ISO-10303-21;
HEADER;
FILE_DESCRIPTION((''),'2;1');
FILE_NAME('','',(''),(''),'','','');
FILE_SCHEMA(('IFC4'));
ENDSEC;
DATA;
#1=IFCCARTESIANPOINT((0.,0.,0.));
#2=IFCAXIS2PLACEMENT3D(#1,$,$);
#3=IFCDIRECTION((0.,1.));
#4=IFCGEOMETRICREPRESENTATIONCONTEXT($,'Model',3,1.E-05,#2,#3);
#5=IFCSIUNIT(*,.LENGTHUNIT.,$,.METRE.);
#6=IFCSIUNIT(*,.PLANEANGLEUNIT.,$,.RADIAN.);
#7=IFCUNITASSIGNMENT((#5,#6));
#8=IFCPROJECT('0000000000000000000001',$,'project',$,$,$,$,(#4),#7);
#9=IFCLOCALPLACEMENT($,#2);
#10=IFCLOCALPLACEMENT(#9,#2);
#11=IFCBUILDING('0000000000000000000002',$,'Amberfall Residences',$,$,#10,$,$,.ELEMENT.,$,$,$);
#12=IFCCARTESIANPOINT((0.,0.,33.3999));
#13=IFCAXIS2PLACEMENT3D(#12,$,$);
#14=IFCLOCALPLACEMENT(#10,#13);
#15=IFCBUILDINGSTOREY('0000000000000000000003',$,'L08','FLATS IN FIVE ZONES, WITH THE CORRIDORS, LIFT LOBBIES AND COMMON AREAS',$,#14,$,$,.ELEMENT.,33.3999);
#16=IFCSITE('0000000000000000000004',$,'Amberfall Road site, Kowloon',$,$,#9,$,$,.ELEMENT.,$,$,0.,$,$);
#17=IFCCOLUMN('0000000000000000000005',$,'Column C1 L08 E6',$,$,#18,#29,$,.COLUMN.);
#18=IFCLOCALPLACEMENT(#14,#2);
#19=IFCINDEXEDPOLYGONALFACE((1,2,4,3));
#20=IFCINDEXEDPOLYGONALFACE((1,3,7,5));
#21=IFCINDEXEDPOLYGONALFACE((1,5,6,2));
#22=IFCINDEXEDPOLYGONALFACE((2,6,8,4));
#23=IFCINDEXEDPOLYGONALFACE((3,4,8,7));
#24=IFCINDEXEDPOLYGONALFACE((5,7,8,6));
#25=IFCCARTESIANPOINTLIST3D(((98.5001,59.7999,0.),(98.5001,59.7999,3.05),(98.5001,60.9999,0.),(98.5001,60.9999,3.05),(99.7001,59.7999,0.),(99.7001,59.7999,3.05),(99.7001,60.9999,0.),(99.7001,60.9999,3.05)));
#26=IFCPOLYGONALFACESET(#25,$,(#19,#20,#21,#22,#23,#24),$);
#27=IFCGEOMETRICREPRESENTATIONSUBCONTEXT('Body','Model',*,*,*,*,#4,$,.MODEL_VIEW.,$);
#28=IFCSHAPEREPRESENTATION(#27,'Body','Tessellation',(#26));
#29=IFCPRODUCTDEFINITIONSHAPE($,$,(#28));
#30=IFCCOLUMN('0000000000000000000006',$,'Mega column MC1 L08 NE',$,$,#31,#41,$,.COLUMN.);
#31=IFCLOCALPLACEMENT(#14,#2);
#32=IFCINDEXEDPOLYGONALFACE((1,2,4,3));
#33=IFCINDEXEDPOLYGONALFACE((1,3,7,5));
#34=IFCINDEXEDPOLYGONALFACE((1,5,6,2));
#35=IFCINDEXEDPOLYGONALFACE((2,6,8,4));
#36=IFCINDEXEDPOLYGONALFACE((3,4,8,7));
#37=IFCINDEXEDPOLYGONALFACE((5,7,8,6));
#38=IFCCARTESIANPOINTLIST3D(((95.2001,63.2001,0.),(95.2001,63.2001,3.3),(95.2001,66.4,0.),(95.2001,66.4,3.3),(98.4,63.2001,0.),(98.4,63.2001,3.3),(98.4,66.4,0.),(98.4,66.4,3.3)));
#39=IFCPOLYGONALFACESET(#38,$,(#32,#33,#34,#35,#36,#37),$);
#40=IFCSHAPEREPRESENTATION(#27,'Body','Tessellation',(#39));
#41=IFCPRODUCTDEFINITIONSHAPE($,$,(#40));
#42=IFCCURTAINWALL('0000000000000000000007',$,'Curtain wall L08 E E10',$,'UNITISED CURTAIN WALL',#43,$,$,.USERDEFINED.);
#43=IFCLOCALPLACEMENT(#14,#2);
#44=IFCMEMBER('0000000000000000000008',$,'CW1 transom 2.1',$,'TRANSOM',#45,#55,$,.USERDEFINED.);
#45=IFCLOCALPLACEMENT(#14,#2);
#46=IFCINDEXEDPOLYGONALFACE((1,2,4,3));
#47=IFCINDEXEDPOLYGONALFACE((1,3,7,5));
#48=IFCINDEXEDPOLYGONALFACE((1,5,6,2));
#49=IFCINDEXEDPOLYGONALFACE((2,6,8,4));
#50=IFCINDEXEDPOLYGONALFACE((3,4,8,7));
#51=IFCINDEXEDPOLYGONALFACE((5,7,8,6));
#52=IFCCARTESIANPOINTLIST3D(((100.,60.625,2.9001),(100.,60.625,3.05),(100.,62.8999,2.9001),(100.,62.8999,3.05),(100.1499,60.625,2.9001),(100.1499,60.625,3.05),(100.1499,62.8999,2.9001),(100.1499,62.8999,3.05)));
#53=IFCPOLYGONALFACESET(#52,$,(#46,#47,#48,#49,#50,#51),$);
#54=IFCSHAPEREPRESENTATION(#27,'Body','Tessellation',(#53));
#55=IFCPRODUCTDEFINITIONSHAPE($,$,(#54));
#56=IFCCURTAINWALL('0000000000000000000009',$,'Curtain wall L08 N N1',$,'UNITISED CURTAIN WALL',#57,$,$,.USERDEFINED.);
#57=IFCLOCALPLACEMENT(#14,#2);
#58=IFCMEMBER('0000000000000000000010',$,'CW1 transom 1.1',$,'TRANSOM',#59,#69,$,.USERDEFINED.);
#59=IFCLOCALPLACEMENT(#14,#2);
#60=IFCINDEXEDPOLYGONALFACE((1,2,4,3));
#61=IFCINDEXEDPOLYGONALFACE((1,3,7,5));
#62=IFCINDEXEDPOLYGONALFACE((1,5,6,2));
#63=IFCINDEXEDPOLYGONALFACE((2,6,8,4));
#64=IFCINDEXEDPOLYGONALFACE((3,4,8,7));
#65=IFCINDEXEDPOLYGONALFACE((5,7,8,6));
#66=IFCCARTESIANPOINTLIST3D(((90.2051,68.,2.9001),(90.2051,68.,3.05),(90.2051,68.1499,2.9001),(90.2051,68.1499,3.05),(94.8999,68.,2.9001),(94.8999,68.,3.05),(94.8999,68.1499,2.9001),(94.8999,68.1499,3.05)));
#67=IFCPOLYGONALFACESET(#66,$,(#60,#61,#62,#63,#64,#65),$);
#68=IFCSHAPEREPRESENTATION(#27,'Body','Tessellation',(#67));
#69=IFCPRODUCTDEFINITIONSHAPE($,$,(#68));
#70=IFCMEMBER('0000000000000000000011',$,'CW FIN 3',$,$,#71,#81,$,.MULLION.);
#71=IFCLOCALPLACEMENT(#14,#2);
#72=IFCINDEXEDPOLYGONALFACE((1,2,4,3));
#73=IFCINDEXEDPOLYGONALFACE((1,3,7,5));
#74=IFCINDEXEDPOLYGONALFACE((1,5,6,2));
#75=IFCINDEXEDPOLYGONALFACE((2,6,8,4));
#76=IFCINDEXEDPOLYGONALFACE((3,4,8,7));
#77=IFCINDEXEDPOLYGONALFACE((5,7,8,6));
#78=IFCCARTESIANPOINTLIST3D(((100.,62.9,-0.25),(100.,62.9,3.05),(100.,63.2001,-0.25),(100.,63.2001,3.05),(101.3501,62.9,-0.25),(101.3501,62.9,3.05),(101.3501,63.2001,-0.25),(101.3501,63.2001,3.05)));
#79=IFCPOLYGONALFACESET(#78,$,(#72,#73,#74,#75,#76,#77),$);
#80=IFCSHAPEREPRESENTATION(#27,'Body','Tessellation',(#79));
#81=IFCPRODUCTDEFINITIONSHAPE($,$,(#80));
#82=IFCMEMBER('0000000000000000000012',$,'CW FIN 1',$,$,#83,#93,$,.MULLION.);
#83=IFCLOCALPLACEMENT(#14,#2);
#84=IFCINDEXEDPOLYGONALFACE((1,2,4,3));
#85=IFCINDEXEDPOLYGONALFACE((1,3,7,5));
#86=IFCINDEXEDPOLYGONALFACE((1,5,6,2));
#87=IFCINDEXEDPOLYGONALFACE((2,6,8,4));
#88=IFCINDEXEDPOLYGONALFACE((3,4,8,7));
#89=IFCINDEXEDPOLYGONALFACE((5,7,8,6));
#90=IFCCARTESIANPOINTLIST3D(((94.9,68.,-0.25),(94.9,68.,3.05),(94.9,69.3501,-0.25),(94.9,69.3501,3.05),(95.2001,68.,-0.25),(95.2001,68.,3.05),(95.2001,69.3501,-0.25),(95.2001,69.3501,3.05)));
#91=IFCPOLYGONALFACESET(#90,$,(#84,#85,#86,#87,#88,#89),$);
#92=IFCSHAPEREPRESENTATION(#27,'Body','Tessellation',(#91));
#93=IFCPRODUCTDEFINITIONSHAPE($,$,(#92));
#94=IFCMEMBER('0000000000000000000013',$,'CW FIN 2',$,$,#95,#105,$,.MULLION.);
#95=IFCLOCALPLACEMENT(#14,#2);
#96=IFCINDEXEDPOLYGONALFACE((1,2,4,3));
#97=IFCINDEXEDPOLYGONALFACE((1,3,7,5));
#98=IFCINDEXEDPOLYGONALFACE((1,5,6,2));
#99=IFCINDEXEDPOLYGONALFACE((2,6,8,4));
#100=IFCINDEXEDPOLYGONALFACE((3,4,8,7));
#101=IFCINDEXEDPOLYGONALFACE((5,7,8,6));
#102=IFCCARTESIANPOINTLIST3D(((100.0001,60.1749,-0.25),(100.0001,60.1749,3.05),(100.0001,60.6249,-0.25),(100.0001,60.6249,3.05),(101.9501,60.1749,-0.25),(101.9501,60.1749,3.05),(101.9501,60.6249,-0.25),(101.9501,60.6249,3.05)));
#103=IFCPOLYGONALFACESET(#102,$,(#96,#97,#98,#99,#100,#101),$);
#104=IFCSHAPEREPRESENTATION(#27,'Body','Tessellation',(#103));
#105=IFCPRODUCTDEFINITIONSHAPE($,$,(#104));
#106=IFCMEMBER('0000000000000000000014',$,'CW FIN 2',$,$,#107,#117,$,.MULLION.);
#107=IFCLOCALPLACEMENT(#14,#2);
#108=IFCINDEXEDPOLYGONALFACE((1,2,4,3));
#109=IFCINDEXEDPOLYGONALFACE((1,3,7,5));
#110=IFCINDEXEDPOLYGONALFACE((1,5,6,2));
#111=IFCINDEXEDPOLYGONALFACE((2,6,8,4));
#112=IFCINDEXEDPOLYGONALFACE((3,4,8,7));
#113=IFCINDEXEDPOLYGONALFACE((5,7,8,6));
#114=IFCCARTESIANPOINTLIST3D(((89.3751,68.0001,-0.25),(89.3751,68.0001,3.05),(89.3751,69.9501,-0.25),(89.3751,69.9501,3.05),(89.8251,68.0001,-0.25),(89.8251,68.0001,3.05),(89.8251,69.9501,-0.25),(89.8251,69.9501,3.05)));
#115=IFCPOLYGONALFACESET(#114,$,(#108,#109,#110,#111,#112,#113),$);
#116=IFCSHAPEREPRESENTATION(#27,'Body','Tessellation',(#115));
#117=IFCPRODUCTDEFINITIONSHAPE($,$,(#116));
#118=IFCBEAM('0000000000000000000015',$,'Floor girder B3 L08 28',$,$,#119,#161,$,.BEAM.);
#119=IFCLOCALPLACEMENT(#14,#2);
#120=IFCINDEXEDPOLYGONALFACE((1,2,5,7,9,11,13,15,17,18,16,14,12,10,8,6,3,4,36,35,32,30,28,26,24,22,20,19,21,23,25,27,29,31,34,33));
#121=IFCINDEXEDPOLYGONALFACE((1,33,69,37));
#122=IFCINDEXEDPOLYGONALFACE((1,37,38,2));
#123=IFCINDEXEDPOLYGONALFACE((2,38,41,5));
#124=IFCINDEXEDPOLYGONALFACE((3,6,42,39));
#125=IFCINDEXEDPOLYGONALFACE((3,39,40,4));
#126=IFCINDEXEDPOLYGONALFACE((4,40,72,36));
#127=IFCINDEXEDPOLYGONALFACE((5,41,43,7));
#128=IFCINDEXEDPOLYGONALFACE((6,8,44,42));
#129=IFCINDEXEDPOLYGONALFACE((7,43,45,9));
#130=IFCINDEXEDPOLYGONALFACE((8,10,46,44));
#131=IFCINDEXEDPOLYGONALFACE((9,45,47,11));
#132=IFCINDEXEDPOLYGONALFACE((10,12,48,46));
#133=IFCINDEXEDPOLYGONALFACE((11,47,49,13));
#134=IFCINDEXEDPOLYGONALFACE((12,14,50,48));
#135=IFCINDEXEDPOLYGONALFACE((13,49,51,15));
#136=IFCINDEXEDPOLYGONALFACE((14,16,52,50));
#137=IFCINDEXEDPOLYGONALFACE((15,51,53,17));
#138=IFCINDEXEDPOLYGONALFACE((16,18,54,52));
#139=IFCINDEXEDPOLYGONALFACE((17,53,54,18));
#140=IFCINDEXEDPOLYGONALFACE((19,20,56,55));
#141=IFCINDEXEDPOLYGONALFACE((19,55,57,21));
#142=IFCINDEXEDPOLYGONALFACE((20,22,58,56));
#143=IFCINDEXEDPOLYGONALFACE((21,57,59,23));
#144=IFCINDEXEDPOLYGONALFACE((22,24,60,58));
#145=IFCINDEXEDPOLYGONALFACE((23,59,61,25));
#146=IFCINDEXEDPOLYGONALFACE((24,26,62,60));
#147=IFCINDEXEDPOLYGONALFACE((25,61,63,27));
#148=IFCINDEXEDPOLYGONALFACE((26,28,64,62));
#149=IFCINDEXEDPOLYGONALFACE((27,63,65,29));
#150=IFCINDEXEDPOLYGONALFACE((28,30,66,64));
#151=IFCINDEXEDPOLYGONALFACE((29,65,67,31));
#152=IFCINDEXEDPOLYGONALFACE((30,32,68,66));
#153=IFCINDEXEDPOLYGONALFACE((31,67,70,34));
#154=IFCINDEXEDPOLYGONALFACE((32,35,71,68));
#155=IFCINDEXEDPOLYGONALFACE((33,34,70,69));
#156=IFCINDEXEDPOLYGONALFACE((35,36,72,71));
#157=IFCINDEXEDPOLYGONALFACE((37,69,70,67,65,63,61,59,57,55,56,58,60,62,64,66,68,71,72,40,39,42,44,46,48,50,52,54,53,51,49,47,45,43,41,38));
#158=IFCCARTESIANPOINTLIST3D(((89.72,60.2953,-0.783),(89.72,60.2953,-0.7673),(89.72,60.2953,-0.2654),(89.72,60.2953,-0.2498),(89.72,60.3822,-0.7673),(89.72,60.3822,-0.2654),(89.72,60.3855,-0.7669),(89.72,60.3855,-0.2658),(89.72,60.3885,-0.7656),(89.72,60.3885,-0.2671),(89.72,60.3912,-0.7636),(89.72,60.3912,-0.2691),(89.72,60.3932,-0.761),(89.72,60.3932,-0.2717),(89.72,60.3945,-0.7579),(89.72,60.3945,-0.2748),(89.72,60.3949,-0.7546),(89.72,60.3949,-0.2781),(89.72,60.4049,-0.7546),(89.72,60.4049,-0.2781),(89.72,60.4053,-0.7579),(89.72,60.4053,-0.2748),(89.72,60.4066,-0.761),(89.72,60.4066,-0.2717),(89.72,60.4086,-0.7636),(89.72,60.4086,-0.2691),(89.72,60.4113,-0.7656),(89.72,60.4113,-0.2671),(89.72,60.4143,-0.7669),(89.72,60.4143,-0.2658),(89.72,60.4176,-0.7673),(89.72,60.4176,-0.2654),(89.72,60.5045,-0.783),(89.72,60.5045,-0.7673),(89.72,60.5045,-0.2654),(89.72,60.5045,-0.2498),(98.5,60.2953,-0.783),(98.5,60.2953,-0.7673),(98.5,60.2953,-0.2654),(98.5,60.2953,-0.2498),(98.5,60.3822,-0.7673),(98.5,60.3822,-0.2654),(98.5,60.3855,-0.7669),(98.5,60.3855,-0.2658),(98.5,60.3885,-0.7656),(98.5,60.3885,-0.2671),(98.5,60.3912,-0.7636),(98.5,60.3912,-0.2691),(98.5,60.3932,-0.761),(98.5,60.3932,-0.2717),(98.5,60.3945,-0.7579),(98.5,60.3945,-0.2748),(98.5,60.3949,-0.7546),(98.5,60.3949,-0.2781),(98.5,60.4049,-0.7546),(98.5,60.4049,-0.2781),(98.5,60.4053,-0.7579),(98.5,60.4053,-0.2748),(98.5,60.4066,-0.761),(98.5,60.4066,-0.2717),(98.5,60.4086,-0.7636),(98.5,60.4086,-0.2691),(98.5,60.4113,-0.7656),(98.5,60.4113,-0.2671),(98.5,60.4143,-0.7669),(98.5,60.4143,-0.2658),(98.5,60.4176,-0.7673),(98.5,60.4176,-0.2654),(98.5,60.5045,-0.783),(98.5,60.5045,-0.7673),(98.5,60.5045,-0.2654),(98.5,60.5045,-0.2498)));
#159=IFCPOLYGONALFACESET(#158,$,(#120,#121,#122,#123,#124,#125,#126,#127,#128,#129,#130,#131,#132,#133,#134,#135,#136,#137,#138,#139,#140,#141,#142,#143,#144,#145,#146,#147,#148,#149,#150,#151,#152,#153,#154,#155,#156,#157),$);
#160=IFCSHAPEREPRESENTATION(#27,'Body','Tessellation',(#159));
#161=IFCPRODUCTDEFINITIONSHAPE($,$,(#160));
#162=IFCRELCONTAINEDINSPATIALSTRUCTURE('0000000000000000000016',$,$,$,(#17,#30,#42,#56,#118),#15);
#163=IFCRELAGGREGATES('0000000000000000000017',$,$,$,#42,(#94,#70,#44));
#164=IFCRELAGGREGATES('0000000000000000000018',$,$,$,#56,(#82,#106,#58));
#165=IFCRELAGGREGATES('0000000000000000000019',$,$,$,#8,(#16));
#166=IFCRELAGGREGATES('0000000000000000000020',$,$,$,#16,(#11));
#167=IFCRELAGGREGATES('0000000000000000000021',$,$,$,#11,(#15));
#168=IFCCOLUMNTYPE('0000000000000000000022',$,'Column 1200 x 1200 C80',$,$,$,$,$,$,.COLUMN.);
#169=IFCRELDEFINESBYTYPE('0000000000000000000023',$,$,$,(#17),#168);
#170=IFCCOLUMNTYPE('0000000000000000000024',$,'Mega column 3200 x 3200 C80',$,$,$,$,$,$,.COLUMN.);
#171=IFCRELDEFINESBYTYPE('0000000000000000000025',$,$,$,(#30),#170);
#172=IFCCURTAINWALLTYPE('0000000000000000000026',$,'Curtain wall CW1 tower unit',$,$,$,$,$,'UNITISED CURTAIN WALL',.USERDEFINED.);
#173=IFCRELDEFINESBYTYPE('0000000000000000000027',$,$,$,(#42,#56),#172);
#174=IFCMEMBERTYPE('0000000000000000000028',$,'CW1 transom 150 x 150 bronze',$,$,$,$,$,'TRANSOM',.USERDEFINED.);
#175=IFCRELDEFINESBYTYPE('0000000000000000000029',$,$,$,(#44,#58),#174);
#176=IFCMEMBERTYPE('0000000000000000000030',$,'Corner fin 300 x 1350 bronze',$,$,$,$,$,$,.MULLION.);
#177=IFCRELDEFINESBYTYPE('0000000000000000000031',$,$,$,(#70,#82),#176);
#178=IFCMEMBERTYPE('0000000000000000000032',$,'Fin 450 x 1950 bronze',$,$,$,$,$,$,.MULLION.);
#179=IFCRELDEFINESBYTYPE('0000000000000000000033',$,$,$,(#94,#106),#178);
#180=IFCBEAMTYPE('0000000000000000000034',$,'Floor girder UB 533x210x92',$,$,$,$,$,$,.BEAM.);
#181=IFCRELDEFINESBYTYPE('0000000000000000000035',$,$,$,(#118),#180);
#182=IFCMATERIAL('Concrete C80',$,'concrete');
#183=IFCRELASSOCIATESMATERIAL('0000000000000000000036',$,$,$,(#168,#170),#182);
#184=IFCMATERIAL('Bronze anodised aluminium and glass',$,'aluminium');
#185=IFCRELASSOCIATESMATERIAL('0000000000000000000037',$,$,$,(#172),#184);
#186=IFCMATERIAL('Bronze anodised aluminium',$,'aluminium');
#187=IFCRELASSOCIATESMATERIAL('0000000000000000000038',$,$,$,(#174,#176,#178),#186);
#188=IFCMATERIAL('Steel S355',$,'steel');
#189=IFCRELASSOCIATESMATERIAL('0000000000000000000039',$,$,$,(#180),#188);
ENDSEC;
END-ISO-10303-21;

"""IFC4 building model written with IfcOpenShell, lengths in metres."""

from ifc_helpers import new_model, si_unit, direction, frame, origin, origin_2d, place, context, subcontext, project, spatial, rectangle, i_section, extrude, material, material_profile, profile_set, type_object, element, aggregate, save


model = new_model("IFC4")

# Units and contexts
model_context = context("Model", 3, precision=1e-05, world=origin(), true_north=direction((0.0, 1.0)))
body_context = subcontext(model_context, "Body", "Model", "MODEL_VIEW")
ifc_project = project(units=[si_unit("LENGTHUNIT", "METRE"), si_unit("PLANEANGLEUNIT", "RADIAN")], contexts=[model_context])

# Site, building, storey
site_placement = place(None, origin())
site = spatial("IfcSite", under=ifc_project, at=site_placement, Name="Amberfall Road site, Kowloon", CompositionType="ELEMENT", RefElevation=0.0)
building_placement = place(site_placement, origin())
building = spatial("IfcBuilding", under=site, at=building_placement, Name="Amberfall Residences", CompositionType="ELEMENT")
storey_placement = place(building_placement, frame((0.0, 0.0, 33.3999)))
storey = spatial("IfcBuildingStorey", under=building, at=storey_placement, Name="L08", Description="FLATS IN FIVE ZONES, WITH THE CORRIDORS, LIFT LOBBIES AND COMMON AREAS", CompositionType="ELEMENT", Elevation=33.3999)

# Columns
ifc_material_1 = material(Name="Concrete C80", Category="concrete")
ifc_material_profile_1 = material_profile(ifc_material_1, rectangle(XDim=1.2, YDim=1.2, at=origin_2d()), Name="Column 1200 x 1200 C80")
ifc_profile_set_1 = profile_set([ifc_material_profile_1], Name="Concrete C80")
column_type_1 = type_object("IfcColumnType", Name="Column 1200 x 1200 C80", PredefinedType="COLUMN", material=ifc_profile_set_1)
column_1_placement = place(storey_placement, frame((99.1001, 60.3999, 0.0), z_axis=(0.0, 0.0, 1.0), x_axis=(1.0, 0.0, 0.0)))
element("IfcColumn", 1, at=column_1_placement, inside=storey, type_object=column_type_1, Name="Column C1 L08 E6", PredefinedType="COLUMN", context=body_context, shape_type="SweptSolid", body=[
    extrude(rectangle(XDim=1.2, YDim=1.2, at=origin_2d()), origin(), (0.0, 0.0, 1.0), 3.05),
])
ifc_material_profile_2 = material_profile(ifc_material_1, rectangle(XDim=3.2, YDim=3.2, at=origin_2d()), Name="Mega column 3200 x 3200 C80")
ifc_profile_set_2 = profile_set([ifc_material_profile_2], Name="Concrete C80")
column_type_2 = type_object("IfcColumnType", Name="Mega column 3200 x 3200 C80", PredefinedType="COLUMN", material=ifc_profile_set_2)
column_2_placement = place(storey_placement, frame((96.8, 64.8, 0.0), z_axis=(0.0, 0.0, 1.0), x_axis=(1.0, 0.0, 0.0)))
element("IfcColumn", 2, at=column_2_placement, inside=storey, type_object=column_type_2, Name="Mega column MC1 L08 NE", PredefinedType="COLUMN", context=body_context, shape_type="SweptSolid", body=[
    extrude(rectangle(XDim=3.2, YDim=3.2, at=origin_2d()), origin(), (0.0, 0.0, 1.0), 3.3),
])

# Curtain walls, members
ifc_material_2 = material(Name="Bronze anodised aluminium and glass", Category="aluminium")
curtain_wall_type = type_object("IfcCurtainWallType", Name="Curtain wall CW1 tower unit", ElementType="UNITISED CURTAIN WALL", PredefinedType="USERDEFINED", material=ifc_material_2)
curtain_wall_1_placement = place(storey_placement, origin())
curtain_wall_1 = element("IfcCurtainWall", 3, at=curtain_wall_1_placement, inside=storey, type_object=curtain_wall_type, Name="Curtain wall L08 E E10", ObjectType="UNITISED CURTAIN WALL", PredefinedType="USERDEFINED")
ifc_material_3 = material(Name="Bronze anodised aluminium", Category="aluminium")
ifc_material_profile_3 = material_profile(ifc_material_3, rectangle(XDim=0.1499, YDim=0.1499, at=origin_2d()), Name="CW1 transom 150 x 150 bronze")
ifc_profile_set_3 = profile_set([ifc_material_profile_3], Name="Bronze anodised aluminium")
member_type_1 = type_object("IfcMemberType", Name="CW1 transom 150 x 150 bronze", ElementType="TRANSOM", PredefinedType="USERDEFINED", material=ifc_profile_set_3)
member_1_placement = place(storey_placement, frame((100.075, 60.625, 2.9751), z_axis=(0.0, 1.0, 0.0), x_axis=(-1.0, 0.0, 0.0)))
member_1 = element("IfcMember", 4, at=member_1_placement, type_object=member_type_1, Name="CW1 transom 2.1", ObjectType="TRANSOM", PredefinedType="USERDEFINED", context=body_context, shape_type="SweptSolid", body=[
    extrude(rectangle(XDim=0.1499, YDim=0.1499, at=origin_2d()), origin(), (0.0, 0.0, 1.0), 2.2749),
])
curtain_wall_2_placement = place(storey_placement, origin())
curtain_wall_2 = element("IfcCurtainWall", 5, at=curtain_wall_2_placement, inside=storey, type_object=curtain_wall_type, Name="Curtain wall L08 N N1", ObjectType="UNITISED CURTAIN WALL", PredefinedType="USERDEFINED")
member_2_placement = place(storey_placement, frame((94.8999, 68.075, 2.9751), z_axis=(-1.0, 0.0, 0.0), x_axis=(0.0, -1.0, 0.0)))
member_2 = element("IfcMember", 6, at=member_2_placement, type_object=member_type_1, Name="CW1 transom 1.1", ObjectType="TRANSOM", PredefinedType="USERDEFINED", context=body_context, shape_type="SweptSolid", body=[
    extrude(rectangle(XDim=0.1499, YDim=0.1499, at=origin_2d()), origin(), (0.0, 0.0, 1.0), 4.6948),
])

# Members
ifc_material_profile_4 = material_profile(ifc_material_3, rectangle(XDim=1.3501, YDim=0.3, at=origin_2d()), Name="Corner fin 300 x 1350 bronze")
ifc_profile_set_4 = profile_set([ifc_material_profile_4], Name="Bronze anodised aluminium")
member_type_2 = type_object("IfcMemberType", Name="Corner fin 300 x 1350 bronze", PredefinedType="MULLION", material=ifc_profile_set_4)
member_3_placement = place(storey_placement, frame((100.675, 63.05, -0.25), z_axis=(0.0, 0.0, 1.0), x_axis=(-1.0, 0.0, 0.0)))
member_3 = element("IfcMember", 7, at=member_3_placement, type_object=member_type_2, Name="CW FIN 3", PredefinedType="MULLION", context=body_context, shape_type="SweptSolid", body=[
    extrude(rectangle(XDim=1.3501, YDim=0.3, at=origin_2d()), origin(), (0.0, 0.0, 1.0), 3.3),
])
member_4_placement = place(storey_placement, frame((95.05, 68.675, -0.25), z_axis=(0.0, 0.0, 1.0), x_axis=(0.0, -1.0, 0.0)))
member_4 = element("IfcMember", 8, at=member_4_placement, type_object=member_type_2, Name="CW FIN 1", PredefinedType="MULLION", context=body_context, shape_type="SweptSolid", body=[
    extrude(rectangle(XDim=1.3501, YDim=0.3, at=origin_2d()), origin(), (0.0, 0.0, 1.0), 3.3),
])
ifc_material_profile_5 = material_profile(ifc_material_3, rectangle(XDim=1.95, YDim=0.45, at=origin_2d()), Name="Fin 450 x 1950 bronze")
ifc_profile_set_5 = profile_set([ifc_material_profile_5], Name="Bronze anodised aluminium")
member_type_3 = type_object("IfcMemberType", Name="Fin 450 x 1950 bronze", PredefinedType="MULLION", material=ifc_profile_set_5)
member_5_placement = place(storey_placement, frame((100.9751, 60.3999, -0.25), z_axis=(0.0, 0.0, 1.0), x_axis=(-1.0, 0.0, 0.0)))
member_5 = element("IfcMember", 9, at=member_5_placement, type_object=member_type_3, Name="CW FIN 2", PredefinedType="MULLION", context=body_context, shape_type="SweptSolid", body=[
    extrude(rectangle(XDim=1.95, YDim=0.45, at=origin_2d()), origin(), (0.0, 0.0, 1.0), 3.3),
])
member_6_placement = place(storey_placement, frame((89.6001, 68.9751, -0.25), z_axis=(0.0, 0.0, 1.0), x_axis=(0.0, -1.0, 0.0)))
member_6 = element("IfcMember", 10, at=member_6_placement, type_object=member_type_3, Name="CW FIN 2", PredefinedType="MULLION", context=body_context, shape_type="SweptSolid", body=[
    extrude(rectangle(XDim=1.95, YDim=0.45, at=origin_2d()), origin(), (0.0, 0.0, 1.0), 3.3),
])

# Beam
ifc_material_4 = material(Name="Steel S355", Category="steel")
ifc_material_profile_6 = material_profile(ifc_material_4, i_section(OverallWidth=0.2092, OverallDepth=0.5332, WebThickness=0.01, FlangeThickness=0.0156, FilletRadius=0.0127, at=origin_2d()), Name="UB 533x210x92")
ifc_profile_set_6 = profile_set([ifc_material_profile_6], Name="Steel S355")
beam_type_1 = type_object("IfcBeamType", Name="Floor girder UB 533x210x92", PredefinedType="BEAM", material=ifc_profile_set_6)
beam_1_placement = place(storey_placement, frame((98.5, 60.3999, -0.5164), z_axis=(-1.0, 0.0, 0.0), x_axis=(0.0, -1.0, 0.0)))
element("IfcBeam", 11, at=beam_1_placement, inside=storey, type_object=beam_type_1, Name="Floor girder B3 L08 28", PredefinedType="BEAM", context=body_context, shape_type="SweptSolid", body=[
    extrude(i_section(OverallWidth=0.2092, OverallDepth=0.5332, WebThickness=0.01, FlangeThickness=0.0156, FilletRadius=0.0127, at=origin_2d()), origin(), (0.0, 0.0, 1.0), 8.78),
])

aggregate(curtain_wall_1, [member_5, member_3, member_1])
aggregate(curtain_wall_2, [member_4, member_6, member_2])

save(model, "model.ifc")
